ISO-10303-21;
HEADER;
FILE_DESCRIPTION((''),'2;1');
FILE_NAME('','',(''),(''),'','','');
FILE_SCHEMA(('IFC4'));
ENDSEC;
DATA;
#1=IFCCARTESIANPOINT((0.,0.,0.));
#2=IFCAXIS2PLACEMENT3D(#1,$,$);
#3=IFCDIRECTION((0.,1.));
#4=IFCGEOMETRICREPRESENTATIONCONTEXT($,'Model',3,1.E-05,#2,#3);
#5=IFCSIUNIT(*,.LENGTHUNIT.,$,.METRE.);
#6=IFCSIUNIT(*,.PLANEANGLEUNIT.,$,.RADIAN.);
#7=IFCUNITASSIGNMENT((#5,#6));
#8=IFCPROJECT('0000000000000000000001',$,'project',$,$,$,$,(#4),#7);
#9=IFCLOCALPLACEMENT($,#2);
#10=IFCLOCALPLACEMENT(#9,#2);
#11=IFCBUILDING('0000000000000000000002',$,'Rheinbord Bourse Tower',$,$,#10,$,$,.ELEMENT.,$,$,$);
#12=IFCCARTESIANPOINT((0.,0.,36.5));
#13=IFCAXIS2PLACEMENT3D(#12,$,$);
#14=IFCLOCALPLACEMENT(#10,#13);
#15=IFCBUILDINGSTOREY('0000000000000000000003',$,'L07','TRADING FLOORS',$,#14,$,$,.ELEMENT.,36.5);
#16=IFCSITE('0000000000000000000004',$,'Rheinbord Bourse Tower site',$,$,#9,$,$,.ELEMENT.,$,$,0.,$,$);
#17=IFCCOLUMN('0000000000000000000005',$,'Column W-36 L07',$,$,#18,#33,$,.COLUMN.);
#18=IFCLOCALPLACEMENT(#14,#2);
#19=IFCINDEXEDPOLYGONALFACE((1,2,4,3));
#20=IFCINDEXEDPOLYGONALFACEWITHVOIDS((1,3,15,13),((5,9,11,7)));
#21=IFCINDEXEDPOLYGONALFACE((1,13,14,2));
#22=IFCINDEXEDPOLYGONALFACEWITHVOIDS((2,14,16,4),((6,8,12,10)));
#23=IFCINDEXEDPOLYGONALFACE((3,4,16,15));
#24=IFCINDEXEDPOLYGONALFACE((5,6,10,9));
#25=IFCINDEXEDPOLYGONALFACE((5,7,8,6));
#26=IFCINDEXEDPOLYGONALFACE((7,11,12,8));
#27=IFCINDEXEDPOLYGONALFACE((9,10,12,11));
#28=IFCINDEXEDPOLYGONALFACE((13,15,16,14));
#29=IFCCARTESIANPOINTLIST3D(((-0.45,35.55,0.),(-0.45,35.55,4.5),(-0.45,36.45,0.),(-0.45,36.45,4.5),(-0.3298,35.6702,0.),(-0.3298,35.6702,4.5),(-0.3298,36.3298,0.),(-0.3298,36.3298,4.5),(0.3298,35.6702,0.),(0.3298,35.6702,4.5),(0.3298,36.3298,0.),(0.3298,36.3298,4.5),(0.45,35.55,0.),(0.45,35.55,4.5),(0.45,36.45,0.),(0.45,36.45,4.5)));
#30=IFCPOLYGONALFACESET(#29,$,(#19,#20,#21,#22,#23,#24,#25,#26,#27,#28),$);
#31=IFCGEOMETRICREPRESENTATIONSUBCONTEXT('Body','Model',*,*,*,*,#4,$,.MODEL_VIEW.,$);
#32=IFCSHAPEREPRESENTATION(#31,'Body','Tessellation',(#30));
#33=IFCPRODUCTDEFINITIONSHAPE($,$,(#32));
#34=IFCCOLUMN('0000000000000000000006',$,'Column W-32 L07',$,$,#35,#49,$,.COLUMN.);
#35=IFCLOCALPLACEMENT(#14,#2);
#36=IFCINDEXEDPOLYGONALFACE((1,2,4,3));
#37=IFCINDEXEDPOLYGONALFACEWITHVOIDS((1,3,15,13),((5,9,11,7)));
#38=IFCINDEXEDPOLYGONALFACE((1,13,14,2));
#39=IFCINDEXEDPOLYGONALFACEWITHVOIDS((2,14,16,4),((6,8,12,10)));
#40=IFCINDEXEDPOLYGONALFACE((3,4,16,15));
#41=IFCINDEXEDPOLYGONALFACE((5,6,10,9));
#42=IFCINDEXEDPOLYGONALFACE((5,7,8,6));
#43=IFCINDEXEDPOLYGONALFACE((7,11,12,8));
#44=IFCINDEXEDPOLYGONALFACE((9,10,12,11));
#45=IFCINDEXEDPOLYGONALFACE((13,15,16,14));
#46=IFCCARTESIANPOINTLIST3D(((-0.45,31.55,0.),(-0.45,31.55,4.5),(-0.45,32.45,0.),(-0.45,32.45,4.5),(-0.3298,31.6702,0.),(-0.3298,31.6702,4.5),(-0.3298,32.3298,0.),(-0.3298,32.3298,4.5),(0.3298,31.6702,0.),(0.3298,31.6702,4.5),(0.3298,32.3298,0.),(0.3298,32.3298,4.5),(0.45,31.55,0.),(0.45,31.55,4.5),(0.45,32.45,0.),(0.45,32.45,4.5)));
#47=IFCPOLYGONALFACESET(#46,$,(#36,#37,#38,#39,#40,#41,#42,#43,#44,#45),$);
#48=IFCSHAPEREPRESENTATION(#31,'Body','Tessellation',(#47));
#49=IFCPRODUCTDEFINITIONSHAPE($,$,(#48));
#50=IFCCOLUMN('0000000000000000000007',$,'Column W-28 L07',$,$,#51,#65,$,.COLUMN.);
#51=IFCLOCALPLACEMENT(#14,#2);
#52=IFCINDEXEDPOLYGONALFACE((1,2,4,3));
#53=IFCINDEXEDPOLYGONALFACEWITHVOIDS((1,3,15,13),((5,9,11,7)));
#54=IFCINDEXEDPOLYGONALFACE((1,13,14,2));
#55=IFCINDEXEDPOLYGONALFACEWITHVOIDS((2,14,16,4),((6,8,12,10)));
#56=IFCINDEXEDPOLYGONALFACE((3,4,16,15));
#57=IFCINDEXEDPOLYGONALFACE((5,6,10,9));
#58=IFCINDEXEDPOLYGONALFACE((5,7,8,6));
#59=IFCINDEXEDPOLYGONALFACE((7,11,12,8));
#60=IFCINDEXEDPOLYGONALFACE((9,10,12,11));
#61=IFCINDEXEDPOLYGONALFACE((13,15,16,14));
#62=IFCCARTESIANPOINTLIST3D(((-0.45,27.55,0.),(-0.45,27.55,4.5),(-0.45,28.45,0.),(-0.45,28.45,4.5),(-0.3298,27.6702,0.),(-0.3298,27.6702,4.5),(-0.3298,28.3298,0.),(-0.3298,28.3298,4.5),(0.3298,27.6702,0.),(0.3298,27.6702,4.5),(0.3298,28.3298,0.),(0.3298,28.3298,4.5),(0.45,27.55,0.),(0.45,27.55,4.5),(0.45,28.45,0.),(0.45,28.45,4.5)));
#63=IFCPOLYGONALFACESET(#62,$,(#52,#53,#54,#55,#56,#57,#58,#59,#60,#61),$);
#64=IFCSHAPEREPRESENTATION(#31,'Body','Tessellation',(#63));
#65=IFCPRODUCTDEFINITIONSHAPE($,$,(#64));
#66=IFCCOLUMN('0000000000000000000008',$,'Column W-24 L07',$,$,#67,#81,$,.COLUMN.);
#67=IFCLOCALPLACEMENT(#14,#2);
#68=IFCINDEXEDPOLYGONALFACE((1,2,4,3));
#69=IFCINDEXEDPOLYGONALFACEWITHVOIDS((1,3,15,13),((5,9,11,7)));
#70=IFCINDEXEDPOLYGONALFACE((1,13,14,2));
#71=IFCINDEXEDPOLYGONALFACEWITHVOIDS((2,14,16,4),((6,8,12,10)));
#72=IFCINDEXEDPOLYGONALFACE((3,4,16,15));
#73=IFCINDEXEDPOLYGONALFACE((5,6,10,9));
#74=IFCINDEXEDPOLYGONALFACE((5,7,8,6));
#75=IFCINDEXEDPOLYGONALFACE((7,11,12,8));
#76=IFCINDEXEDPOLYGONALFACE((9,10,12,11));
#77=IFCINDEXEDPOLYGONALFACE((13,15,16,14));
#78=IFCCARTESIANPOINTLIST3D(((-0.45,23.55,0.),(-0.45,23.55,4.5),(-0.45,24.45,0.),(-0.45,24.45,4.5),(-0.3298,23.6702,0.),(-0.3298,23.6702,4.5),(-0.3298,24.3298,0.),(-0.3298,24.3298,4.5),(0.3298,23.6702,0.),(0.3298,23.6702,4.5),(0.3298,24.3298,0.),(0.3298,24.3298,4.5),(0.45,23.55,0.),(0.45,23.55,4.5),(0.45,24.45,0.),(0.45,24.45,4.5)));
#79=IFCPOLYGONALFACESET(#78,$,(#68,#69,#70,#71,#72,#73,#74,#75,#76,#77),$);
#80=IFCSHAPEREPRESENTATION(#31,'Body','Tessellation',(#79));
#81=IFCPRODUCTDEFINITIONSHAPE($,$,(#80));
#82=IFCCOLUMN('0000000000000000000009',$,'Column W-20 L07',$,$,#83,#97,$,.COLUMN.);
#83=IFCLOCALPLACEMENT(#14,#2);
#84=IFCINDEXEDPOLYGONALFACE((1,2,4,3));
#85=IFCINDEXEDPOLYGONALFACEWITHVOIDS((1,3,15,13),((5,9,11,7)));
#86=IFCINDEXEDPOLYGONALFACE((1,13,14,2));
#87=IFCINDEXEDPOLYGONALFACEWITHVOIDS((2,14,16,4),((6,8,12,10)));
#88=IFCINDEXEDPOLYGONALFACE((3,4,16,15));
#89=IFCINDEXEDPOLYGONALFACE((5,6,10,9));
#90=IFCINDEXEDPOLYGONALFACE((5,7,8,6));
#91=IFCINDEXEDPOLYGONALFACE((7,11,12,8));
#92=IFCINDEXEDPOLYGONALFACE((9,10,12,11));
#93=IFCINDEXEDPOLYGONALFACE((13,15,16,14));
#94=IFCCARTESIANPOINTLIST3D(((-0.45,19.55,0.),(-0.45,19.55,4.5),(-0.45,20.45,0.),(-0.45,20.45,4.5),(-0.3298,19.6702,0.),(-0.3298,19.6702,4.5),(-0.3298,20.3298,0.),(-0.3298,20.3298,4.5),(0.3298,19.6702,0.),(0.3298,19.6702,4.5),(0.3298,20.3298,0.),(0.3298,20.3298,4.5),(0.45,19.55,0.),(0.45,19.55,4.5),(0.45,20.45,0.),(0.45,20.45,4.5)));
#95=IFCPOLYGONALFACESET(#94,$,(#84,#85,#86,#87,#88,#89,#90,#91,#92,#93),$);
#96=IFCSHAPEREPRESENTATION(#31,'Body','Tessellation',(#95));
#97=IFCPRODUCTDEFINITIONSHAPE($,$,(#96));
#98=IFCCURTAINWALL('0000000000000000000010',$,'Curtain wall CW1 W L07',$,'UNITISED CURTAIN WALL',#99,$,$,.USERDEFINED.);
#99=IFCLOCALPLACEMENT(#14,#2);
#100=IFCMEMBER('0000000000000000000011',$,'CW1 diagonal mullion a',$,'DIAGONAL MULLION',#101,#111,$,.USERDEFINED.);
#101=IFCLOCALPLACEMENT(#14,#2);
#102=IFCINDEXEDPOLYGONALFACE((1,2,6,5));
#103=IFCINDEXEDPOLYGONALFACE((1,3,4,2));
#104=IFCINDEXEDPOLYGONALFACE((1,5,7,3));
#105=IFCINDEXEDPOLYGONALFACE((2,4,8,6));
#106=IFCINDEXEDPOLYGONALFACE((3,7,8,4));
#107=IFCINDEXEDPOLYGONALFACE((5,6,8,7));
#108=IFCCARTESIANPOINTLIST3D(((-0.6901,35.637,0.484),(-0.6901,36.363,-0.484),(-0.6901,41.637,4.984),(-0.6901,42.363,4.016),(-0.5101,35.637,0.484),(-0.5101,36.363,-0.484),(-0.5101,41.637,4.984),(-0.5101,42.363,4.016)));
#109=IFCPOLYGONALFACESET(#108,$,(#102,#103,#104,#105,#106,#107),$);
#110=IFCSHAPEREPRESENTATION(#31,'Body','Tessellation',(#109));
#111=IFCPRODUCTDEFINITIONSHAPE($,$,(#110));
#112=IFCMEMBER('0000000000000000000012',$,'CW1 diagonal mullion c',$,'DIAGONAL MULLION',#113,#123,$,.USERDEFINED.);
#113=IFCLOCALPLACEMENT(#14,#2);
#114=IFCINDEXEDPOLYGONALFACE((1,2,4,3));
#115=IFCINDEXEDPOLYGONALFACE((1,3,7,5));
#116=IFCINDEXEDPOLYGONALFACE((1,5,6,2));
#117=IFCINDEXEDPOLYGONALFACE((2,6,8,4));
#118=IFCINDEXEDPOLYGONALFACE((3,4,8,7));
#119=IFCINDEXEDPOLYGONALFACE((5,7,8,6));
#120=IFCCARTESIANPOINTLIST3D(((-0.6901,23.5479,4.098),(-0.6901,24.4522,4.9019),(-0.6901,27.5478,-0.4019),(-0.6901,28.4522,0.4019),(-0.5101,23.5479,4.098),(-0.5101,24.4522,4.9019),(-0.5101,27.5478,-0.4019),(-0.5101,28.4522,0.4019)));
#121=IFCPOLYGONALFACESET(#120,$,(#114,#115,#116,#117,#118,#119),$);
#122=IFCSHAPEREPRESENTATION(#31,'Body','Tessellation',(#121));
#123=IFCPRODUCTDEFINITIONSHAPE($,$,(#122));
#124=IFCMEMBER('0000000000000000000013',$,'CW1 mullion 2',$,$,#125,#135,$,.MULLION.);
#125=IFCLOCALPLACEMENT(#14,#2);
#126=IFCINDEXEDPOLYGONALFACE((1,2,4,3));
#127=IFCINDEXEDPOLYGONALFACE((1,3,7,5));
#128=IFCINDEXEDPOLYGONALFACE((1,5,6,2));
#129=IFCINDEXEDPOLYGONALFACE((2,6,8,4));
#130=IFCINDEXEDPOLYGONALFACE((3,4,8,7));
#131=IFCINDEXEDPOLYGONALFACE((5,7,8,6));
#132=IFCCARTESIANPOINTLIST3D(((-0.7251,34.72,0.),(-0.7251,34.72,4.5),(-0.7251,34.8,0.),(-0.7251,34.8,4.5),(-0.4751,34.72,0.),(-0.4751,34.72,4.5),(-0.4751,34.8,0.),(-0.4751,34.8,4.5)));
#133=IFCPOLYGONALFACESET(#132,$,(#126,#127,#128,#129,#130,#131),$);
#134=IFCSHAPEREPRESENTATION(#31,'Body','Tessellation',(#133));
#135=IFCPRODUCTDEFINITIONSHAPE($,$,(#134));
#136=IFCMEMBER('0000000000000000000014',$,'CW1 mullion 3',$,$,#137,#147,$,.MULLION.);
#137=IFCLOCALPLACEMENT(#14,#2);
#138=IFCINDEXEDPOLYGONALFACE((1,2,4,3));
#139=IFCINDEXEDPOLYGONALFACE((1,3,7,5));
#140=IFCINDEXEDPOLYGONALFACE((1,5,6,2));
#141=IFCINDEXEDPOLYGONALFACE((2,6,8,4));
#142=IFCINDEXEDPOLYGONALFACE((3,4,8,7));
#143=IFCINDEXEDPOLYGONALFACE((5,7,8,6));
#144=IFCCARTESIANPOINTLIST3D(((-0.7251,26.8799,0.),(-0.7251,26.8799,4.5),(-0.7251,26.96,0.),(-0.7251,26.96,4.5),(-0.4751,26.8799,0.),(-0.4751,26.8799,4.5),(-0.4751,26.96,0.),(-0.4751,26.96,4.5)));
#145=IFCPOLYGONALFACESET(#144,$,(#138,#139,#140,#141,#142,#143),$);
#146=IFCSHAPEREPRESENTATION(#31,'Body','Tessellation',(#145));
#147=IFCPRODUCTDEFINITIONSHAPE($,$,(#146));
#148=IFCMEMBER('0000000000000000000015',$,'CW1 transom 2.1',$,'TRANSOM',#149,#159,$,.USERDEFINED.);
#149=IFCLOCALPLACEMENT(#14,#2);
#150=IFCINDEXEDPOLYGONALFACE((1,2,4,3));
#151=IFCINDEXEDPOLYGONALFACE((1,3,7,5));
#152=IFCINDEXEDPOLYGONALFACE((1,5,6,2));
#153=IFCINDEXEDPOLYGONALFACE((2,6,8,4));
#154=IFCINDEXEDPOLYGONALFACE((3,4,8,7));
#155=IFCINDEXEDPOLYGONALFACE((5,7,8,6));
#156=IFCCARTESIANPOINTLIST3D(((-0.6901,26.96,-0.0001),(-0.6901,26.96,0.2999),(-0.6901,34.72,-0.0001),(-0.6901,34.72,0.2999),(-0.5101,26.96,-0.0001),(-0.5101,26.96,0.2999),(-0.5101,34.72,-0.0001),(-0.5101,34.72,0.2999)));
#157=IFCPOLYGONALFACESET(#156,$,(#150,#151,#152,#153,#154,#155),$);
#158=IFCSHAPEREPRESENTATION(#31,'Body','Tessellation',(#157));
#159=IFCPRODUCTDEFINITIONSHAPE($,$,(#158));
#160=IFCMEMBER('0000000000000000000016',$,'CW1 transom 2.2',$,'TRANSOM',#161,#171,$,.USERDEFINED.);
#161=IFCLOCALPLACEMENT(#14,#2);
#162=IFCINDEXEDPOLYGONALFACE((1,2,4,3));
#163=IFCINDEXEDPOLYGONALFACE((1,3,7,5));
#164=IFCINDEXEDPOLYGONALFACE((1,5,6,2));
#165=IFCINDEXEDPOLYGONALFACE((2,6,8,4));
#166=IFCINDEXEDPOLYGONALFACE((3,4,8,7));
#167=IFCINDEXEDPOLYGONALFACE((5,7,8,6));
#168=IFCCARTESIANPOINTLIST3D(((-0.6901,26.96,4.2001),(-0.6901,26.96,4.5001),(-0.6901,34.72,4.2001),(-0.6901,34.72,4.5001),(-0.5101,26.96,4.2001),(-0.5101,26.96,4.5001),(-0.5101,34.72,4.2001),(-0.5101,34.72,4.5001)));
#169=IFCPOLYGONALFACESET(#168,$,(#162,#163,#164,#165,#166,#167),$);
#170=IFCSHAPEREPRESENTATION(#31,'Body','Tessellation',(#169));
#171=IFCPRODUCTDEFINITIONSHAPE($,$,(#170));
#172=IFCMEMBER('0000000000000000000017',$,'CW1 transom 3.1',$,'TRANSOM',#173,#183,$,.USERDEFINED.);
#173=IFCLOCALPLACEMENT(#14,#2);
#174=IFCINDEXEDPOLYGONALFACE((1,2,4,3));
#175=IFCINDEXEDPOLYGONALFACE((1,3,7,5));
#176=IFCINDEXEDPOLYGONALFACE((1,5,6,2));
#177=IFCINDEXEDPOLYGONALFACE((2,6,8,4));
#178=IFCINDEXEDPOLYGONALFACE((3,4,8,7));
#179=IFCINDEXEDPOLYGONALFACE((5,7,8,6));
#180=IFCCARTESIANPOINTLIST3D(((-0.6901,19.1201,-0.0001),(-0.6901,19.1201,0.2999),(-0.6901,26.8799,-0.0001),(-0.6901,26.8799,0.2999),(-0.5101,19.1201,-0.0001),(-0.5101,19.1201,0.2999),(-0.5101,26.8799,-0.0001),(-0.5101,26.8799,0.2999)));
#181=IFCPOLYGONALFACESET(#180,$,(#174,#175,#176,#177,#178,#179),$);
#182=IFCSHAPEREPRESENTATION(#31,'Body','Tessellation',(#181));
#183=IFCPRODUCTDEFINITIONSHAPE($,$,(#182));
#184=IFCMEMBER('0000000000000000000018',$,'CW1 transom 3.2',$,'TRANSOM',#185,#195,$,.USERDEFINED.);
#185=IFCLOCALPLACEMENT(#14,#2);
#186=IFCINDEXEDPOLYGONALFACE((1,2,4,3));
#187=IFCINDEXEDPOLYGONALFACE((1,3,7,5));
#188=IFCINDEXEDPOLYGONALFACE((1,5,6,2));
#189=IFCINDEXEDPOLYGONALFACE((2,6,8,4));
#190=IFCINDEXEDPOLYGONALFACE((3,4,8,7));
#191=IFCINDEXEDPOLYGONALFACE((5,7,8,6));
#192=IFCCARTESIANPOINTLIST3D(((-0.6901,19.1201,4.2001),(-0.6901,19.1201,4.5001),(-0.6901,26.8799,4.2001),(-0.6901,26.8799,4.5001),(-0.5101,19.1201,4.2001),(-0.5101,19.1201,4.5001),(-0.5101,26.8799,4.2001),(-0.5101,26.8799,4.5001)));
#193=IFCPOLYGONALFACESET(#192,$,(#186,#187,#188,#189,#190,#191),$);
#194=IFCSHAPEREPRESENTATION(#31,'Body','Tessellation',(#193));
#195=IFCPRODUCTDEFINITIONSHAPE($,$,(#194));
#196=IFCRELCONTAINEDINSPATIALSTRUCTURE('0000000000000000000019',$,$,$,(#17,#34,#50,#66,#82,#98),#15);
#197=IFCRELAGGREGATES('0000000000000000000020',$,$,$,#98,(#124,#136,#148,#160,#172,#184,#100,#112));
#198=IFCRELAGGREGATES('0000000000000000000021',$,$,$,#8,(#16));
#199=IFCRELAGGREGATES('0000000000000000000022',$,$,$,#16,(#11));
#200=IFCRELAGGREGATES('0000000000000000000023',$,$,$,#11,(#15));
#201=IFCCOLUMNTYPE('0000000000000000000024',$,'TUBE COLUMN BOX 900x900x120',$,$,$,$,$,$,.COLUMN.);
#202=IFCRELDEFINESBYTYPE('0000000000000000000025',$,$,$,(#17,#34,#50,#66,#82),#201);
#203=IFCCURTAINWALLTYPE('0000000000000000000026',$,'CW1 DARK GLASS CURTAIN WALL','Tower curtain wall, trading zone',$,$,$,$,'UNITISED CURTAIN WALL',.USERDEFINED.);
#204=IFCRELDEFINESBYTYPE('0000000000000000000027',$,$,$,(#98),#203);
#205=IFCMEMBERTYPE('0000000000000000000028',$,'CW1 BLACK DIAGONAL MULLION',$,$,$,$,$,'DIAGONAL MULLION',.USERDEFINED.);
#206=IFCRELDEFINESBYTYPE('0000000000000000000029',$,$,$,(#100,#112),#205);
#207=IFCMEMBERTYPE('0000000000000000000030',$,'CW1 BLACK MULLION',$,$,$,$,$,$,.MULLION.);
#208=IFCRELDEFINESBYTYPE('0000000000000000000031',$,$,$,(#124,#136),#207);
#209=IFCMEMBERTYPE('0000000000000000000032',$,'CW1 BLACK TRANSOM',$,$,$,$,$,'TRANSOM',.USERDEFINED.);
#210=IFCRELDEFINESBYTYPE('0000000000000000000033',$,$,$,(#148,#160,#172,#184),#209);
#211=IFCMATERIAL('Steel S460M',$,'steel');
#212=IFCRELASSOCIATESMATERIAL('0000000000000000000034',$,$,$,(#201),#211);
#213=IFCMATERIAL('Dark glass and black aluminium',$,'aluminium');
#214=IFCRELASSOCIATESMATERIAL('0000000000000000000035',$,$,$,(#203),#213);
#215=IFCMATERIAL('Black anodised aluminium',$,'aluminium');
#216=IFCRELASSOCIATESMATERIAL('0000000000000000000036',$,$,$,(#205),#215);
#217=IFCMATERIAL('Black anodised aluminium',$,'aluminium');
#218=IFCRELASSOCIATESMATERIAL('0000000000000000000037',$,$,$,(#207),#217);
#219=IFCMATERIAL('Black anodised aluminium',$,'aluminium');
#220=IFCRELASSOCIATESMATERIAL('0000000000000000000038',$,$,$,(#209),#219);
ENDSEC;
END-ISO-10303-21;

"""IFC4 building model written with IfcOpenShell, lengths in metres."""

from ifc_helpers import new_model, si_unit, direction, frame, origin, origin_2d, place, context, subcontext, project, spatial, rectangle, hollow_rectangle, extrude, material, material_profile, profile_set, type_object, element, aggregate, save


model = new_model("IFC4")

# Units and contexts
model_context = context("Model", 3, precision=1e-05, world=origin(), true_north=direction((0.0, 1.0)))
body_context = subcontext(model_context, "Body", "Model", "MODEL_VIEW")
ifc_project = project(units=[si_unit("LENGTHUNIT", "METRE"), si_unit("PLANEANGLEUNIT", "RADIAN")], contexts=[model_context])

# Site, building, storey
site_placement = place(None, origin())
site = spatial("IfcSite", under=ifc_project, at=site_placement, Name="Rheinbord Bourse Tower site", CompositionType="ELEMENT", RefElevation=0.0)
building_placement = place(site_placement, origin())
building = spatial("IfcBuilding", under=site, at=building_placement, Name="Rheinbord Bourse Tower", CompositionType="ELEMENT")
storey_placement = place(building_placement, frame((0.0, 0.0, 36.5)))
storey = spatial("IfcBuildingStorey", under=building, at=storey_placement, Name="L07", Description="TRADING FLOORS", CompositionType="ELEMENT", Elevation=36.5)

# Columns
ifc_material_1 = material(Name="Steel S460M", Category="steel")
ifc_material_profile_1 = material_profile(ifc_material_1, hollow_rectangle(XDim=0.8999, YDim=0.8999, WallThickness=0.1201, at=origin_2d()), Name="BOX 900x900x120")
ifc_profile_set_1 = profile_set([ifc_material_profile_1], Name="Steel S460M")
column_type = type_object("IfcColumnType", Name="TUBE COLUMN BOX 900x900x120", PredefinedType="COLUMN", material=ifc_profile_set_1)
for number, where, z_axis, x_axis, name in (
    (1, (0.0, 36.0, 0.0), (0.0, 0.0, 1.0), (1.0, 0.0, 0.0), "Column W-36 L07"),
    (2, (0.0, 32.0, 0.0), (0.0, 0.0, 1.0), (1.0, 0.0, 0.0), "Column W-32 L07"),
    (3, (0.0, 28.0, 0.0), (0.0, 0.0, 1.0), (1.0, 0.0, 0.0), "Column W-28 L07"),
    (4, (0.0, 24.0, 0.0), (0.0, 0.0, 1.0), (1.0, 0.0, 0.0), "Column W-24 L07"),
    (5, (0.0, 20.0, 0.0), (0.0, 0.0, 1.0), (1.0, 0.0, 0.0), "Column W-20 L07"),
):
    element("IfcColumn", number, at=place(storey_placement, frame(where, z_axis=z_axis, x_axis=x_axis)), inside=storey, type_object=column_type, Name=name, PredefinedType="COLUMN", context=body_context, shape_type="SweptSolid", body=[
        extrude(hollow_rectangle(XDim=0.8999, YDim=0.8999, WallThickness=0.1201, at=origin_2d()), origin(), (0.0, 0.0, 1.0), 4.5),
    ])

# Curtain wall, members
ifc_material_2 = material(Name="Dark glass and black aluminium", Category="aluminium")
curtain_wall_type = type_object("IfcCurtainWallType", Name="CW1 DARK GLASS CURTAIN WALL", Description="Tower curtain wall, trading zone", ElementType="UNITISED CURTAIN WALL", PredefinedType="USERDEFINED", material=ifc_material_2)
curtain_wall_placement = place(storey_placement, origin())
curtain_wall = element("IfcCurtainWall", 6, at=curtain_wall_placement, inside=storey, type_object=curtain_wall_type, Name="Curtain wall CW1 W L07", ObjectType="UNITISED CURTAIN WALL", PredefinedType="USERDEFINED")
ifc_material_3 = material(Name="Black anodised aluminium", Category="aluminium")
ifc_material_profile_2 = material_profile(ifc_material_3, rectangle(XDim=0.1799, YDim=1.21, at=origin_2d()), Name="CW1 DIAGONAL MULLION 1210x180")
ifc_profile_set_2 = profile_set([ifc_material_profile_2], Name="Black anodised aluminium")
member_type_1 = type_object("IfcMemberType", Name="CW1 BLACK DIAGONAL MULLION", ElementType="DIAGONAL MULLION", PredefinedType="USERDEFINED", material=ifc_profile_set_2)
member_1_placement = place(storey_placement, frame((-0.6001, 36.0, 0.0), z_axis=(0.0, 0.8, 0.6), x_axis=(-1.0, 0.0, 0.0)))
member_1 = element("IfcMember", 7, at=member_1_placement, type_object=member_type_1, Name="CW1 diagonal mullion a", ObjectType="DIAGONAL MULLION", PredefinedType="USERDEFINED", context=body_context, shape_type="SweptSolid", body=[
    extrude(rectangle(XDim=0.1799, YDim=1.21, at=origin_2d()), origin(), (0.0, 0.0, 1.0), 7.5),
])
member_2_placement = place(storey_placement, frame((-0.6001, 28.0, 0.0), z_axis=(0.0, -0.664364, 0.747409), x_axis=(1.0, 0.0, 0.0)))
member_2 = element("IfcMember", 8, at=member_2_placement, type_object=member_type_1, Name="CW1 diagonal mullion c", ObjectType="DIAGONAL MULLION", PredefinedType="USERDEFINED", context=body_context, shape_type="SweptSolid", body=[
    extrude(rectangle(XDim=0.1799, YDim=1.21, at=origin_2d()), origin(), (0.0, 0.0, 1.0), 6.0208),
])
ifc_material_4 = material(Name="Black anodised aluminium", Category="aluminium")
ifc_material_profile_3 = material_profile(ifc_material_4, rectangle(XDim=0.25, YDim=0.0801, at=origin_2d()), Name="CW1 MULLION 80x250")
ifc_profile_set_3 = profile_set([ifc_material_profile_3], Name="Black anodised aluminium")
member_type_2 = type_object("IfcMemberType", Name="CW1 BLACK MULLION", PredefinedType="MULLION", material=ifc_profile_set_3)
member_3_placement = place(storey_placement, frame((-0.6001, 34.76, 0.0), z_axis=(0.0, 0.0, 1.0), x_axis=(1.0, 0.0, 0.0)))
member_3 = element("IfcMember", 9, at=member_3_placement, type_object=member_type_2, Name="CW1 mullion 2", PredefinedType="MULLION", context=body_context, shape_type="SweptSolid", body=[
    extrude(rectangle(XDim=0.25, YDim=0.0801, at=origin_2d()), origin(), (0.0, 0.0, 1.0), 4.5),
])
member_4_placement = place(storey_placement, frame((-0.6001, 26.9199, 0.0), z_axis=(0.0, 0.0, 1.0), x_axis=(1.0, 0.0, 0.0)))
member_4 = element("IfcMember", 10, at=member_4_placement, type_object=member_type_2, Name="CW1 mullion 3", PredefinedType="MULLION", context=body_context, shape_type="SweptSolid", body=[
    extrude(rectangle(XDim=0.25, YDim=0.0801, at=origin_2d()), origin(), (0.0, 0.0, 1.0), 4.5),
])
ifc_material_5 = material(Name="Black anodised aluminium", Category="aluminium")
ifc_material_profile_4 = material_profile(ifc_material_5, rectangle(XDim=0.1799, YDim=0.3, at=origin_2d()), Name="CW1 TRANSOM 300x180")
ifc_profile_set_4 = profile_set([ifc_material_profile_4], Name="Black anodised aluminium")
member_type_3 = type_object("IfcMemberType", Name="CW1 BLACK TRANSOM", ElementType="TRANSOM", PredefinedType="USERDEFINED", material=ifc_profile_set_4)
member_5_placement = place(storey_placement, frame((-0.6001, 34.72, 0.1499), z_axis=(0.0, -1.0, 0.0), x_axis=(1.0, 0.0, 0.0)))
member_5 = element("IfcMember", 11, at=member_5_placement, type_object=member_type_3, Name="CW1 transom 2.1", ObjectType="TRANSOM", PredefinedType="USERDEFINED", context=body_context, shape_type="SweptSolid", body=[
    extrude(rectangle(XDim=0.1799, YDim=0.3, at=origin_2d()), origin(), (0.0, 0.0, 1.0), 7.76),
])
member_6_placement = place(storey_placement, frame((-0.6001, 34.72, 4.3501), z_axis=(0.0, -1.0, 0.0), x_axis=(1.0, 0.0, 0.0)))
member_6 = element("IfcMember", 12, at=member_6_placement, type_object=member_type_3, Name="CW1 transom 2.2", ObjectType="TRANSOM", PredefinedType="USERDEFINED", context=body_context, shape_type="SweptSolid", body=[
    extrude(rectangle(XDim=0.1799, YDim=0.3, at=origin_2d()), origin(), (0.0, 0.0, 1.0), 7.76),
])
member_7_placement = place(storey_placement, frame((-0.6001, 26.8799, 0.1499), z_axis=(0.0, -1.0, 0.0), x_axis=(1.0, 0.0, 0.0)))
member_7 = element("IfcMember", 13, at=member_7_placement, type_object=member_type_3, Name="CW1 transom 3.1", ObjectType="TRANSOM", PredefinedType="USERDEFINED", context=body_context, shape_type="SweptSolid", body=[
    extrude(rectangle(XDim=0.1799, YDim=0.3, at=origin_2d()), origin(), (0.0, 0.0, 1.0), 7.7598),
])
member_8_placement = place(storey_placement, frame((-0.6001, 26.8799, 4.3501), z_axis=(0.0, -1.0, 0.0), x_axis=(1.0, 0.0, 0.0)))
member_8 = element("IfcMember", 14, at=member_8_placement, type_object=member_type_3, Name="CW1 transom 3.2", ObjectType="TRANSOM", PredefinedType="USERDEFINED", context=body_context, shape_type="SweptSolid", body=[
    extrude(rectangle(XDim=0.1799, YDim=0.3, at=origin_2d()), origin(), (0.0, 0.0, 1.0), 7.7598),
])

aggregate(curtain_wall, [member_3, member_4, member_5, member_6, member_7, member_8, member_1, member_2])

save(model, "model.ifc")
